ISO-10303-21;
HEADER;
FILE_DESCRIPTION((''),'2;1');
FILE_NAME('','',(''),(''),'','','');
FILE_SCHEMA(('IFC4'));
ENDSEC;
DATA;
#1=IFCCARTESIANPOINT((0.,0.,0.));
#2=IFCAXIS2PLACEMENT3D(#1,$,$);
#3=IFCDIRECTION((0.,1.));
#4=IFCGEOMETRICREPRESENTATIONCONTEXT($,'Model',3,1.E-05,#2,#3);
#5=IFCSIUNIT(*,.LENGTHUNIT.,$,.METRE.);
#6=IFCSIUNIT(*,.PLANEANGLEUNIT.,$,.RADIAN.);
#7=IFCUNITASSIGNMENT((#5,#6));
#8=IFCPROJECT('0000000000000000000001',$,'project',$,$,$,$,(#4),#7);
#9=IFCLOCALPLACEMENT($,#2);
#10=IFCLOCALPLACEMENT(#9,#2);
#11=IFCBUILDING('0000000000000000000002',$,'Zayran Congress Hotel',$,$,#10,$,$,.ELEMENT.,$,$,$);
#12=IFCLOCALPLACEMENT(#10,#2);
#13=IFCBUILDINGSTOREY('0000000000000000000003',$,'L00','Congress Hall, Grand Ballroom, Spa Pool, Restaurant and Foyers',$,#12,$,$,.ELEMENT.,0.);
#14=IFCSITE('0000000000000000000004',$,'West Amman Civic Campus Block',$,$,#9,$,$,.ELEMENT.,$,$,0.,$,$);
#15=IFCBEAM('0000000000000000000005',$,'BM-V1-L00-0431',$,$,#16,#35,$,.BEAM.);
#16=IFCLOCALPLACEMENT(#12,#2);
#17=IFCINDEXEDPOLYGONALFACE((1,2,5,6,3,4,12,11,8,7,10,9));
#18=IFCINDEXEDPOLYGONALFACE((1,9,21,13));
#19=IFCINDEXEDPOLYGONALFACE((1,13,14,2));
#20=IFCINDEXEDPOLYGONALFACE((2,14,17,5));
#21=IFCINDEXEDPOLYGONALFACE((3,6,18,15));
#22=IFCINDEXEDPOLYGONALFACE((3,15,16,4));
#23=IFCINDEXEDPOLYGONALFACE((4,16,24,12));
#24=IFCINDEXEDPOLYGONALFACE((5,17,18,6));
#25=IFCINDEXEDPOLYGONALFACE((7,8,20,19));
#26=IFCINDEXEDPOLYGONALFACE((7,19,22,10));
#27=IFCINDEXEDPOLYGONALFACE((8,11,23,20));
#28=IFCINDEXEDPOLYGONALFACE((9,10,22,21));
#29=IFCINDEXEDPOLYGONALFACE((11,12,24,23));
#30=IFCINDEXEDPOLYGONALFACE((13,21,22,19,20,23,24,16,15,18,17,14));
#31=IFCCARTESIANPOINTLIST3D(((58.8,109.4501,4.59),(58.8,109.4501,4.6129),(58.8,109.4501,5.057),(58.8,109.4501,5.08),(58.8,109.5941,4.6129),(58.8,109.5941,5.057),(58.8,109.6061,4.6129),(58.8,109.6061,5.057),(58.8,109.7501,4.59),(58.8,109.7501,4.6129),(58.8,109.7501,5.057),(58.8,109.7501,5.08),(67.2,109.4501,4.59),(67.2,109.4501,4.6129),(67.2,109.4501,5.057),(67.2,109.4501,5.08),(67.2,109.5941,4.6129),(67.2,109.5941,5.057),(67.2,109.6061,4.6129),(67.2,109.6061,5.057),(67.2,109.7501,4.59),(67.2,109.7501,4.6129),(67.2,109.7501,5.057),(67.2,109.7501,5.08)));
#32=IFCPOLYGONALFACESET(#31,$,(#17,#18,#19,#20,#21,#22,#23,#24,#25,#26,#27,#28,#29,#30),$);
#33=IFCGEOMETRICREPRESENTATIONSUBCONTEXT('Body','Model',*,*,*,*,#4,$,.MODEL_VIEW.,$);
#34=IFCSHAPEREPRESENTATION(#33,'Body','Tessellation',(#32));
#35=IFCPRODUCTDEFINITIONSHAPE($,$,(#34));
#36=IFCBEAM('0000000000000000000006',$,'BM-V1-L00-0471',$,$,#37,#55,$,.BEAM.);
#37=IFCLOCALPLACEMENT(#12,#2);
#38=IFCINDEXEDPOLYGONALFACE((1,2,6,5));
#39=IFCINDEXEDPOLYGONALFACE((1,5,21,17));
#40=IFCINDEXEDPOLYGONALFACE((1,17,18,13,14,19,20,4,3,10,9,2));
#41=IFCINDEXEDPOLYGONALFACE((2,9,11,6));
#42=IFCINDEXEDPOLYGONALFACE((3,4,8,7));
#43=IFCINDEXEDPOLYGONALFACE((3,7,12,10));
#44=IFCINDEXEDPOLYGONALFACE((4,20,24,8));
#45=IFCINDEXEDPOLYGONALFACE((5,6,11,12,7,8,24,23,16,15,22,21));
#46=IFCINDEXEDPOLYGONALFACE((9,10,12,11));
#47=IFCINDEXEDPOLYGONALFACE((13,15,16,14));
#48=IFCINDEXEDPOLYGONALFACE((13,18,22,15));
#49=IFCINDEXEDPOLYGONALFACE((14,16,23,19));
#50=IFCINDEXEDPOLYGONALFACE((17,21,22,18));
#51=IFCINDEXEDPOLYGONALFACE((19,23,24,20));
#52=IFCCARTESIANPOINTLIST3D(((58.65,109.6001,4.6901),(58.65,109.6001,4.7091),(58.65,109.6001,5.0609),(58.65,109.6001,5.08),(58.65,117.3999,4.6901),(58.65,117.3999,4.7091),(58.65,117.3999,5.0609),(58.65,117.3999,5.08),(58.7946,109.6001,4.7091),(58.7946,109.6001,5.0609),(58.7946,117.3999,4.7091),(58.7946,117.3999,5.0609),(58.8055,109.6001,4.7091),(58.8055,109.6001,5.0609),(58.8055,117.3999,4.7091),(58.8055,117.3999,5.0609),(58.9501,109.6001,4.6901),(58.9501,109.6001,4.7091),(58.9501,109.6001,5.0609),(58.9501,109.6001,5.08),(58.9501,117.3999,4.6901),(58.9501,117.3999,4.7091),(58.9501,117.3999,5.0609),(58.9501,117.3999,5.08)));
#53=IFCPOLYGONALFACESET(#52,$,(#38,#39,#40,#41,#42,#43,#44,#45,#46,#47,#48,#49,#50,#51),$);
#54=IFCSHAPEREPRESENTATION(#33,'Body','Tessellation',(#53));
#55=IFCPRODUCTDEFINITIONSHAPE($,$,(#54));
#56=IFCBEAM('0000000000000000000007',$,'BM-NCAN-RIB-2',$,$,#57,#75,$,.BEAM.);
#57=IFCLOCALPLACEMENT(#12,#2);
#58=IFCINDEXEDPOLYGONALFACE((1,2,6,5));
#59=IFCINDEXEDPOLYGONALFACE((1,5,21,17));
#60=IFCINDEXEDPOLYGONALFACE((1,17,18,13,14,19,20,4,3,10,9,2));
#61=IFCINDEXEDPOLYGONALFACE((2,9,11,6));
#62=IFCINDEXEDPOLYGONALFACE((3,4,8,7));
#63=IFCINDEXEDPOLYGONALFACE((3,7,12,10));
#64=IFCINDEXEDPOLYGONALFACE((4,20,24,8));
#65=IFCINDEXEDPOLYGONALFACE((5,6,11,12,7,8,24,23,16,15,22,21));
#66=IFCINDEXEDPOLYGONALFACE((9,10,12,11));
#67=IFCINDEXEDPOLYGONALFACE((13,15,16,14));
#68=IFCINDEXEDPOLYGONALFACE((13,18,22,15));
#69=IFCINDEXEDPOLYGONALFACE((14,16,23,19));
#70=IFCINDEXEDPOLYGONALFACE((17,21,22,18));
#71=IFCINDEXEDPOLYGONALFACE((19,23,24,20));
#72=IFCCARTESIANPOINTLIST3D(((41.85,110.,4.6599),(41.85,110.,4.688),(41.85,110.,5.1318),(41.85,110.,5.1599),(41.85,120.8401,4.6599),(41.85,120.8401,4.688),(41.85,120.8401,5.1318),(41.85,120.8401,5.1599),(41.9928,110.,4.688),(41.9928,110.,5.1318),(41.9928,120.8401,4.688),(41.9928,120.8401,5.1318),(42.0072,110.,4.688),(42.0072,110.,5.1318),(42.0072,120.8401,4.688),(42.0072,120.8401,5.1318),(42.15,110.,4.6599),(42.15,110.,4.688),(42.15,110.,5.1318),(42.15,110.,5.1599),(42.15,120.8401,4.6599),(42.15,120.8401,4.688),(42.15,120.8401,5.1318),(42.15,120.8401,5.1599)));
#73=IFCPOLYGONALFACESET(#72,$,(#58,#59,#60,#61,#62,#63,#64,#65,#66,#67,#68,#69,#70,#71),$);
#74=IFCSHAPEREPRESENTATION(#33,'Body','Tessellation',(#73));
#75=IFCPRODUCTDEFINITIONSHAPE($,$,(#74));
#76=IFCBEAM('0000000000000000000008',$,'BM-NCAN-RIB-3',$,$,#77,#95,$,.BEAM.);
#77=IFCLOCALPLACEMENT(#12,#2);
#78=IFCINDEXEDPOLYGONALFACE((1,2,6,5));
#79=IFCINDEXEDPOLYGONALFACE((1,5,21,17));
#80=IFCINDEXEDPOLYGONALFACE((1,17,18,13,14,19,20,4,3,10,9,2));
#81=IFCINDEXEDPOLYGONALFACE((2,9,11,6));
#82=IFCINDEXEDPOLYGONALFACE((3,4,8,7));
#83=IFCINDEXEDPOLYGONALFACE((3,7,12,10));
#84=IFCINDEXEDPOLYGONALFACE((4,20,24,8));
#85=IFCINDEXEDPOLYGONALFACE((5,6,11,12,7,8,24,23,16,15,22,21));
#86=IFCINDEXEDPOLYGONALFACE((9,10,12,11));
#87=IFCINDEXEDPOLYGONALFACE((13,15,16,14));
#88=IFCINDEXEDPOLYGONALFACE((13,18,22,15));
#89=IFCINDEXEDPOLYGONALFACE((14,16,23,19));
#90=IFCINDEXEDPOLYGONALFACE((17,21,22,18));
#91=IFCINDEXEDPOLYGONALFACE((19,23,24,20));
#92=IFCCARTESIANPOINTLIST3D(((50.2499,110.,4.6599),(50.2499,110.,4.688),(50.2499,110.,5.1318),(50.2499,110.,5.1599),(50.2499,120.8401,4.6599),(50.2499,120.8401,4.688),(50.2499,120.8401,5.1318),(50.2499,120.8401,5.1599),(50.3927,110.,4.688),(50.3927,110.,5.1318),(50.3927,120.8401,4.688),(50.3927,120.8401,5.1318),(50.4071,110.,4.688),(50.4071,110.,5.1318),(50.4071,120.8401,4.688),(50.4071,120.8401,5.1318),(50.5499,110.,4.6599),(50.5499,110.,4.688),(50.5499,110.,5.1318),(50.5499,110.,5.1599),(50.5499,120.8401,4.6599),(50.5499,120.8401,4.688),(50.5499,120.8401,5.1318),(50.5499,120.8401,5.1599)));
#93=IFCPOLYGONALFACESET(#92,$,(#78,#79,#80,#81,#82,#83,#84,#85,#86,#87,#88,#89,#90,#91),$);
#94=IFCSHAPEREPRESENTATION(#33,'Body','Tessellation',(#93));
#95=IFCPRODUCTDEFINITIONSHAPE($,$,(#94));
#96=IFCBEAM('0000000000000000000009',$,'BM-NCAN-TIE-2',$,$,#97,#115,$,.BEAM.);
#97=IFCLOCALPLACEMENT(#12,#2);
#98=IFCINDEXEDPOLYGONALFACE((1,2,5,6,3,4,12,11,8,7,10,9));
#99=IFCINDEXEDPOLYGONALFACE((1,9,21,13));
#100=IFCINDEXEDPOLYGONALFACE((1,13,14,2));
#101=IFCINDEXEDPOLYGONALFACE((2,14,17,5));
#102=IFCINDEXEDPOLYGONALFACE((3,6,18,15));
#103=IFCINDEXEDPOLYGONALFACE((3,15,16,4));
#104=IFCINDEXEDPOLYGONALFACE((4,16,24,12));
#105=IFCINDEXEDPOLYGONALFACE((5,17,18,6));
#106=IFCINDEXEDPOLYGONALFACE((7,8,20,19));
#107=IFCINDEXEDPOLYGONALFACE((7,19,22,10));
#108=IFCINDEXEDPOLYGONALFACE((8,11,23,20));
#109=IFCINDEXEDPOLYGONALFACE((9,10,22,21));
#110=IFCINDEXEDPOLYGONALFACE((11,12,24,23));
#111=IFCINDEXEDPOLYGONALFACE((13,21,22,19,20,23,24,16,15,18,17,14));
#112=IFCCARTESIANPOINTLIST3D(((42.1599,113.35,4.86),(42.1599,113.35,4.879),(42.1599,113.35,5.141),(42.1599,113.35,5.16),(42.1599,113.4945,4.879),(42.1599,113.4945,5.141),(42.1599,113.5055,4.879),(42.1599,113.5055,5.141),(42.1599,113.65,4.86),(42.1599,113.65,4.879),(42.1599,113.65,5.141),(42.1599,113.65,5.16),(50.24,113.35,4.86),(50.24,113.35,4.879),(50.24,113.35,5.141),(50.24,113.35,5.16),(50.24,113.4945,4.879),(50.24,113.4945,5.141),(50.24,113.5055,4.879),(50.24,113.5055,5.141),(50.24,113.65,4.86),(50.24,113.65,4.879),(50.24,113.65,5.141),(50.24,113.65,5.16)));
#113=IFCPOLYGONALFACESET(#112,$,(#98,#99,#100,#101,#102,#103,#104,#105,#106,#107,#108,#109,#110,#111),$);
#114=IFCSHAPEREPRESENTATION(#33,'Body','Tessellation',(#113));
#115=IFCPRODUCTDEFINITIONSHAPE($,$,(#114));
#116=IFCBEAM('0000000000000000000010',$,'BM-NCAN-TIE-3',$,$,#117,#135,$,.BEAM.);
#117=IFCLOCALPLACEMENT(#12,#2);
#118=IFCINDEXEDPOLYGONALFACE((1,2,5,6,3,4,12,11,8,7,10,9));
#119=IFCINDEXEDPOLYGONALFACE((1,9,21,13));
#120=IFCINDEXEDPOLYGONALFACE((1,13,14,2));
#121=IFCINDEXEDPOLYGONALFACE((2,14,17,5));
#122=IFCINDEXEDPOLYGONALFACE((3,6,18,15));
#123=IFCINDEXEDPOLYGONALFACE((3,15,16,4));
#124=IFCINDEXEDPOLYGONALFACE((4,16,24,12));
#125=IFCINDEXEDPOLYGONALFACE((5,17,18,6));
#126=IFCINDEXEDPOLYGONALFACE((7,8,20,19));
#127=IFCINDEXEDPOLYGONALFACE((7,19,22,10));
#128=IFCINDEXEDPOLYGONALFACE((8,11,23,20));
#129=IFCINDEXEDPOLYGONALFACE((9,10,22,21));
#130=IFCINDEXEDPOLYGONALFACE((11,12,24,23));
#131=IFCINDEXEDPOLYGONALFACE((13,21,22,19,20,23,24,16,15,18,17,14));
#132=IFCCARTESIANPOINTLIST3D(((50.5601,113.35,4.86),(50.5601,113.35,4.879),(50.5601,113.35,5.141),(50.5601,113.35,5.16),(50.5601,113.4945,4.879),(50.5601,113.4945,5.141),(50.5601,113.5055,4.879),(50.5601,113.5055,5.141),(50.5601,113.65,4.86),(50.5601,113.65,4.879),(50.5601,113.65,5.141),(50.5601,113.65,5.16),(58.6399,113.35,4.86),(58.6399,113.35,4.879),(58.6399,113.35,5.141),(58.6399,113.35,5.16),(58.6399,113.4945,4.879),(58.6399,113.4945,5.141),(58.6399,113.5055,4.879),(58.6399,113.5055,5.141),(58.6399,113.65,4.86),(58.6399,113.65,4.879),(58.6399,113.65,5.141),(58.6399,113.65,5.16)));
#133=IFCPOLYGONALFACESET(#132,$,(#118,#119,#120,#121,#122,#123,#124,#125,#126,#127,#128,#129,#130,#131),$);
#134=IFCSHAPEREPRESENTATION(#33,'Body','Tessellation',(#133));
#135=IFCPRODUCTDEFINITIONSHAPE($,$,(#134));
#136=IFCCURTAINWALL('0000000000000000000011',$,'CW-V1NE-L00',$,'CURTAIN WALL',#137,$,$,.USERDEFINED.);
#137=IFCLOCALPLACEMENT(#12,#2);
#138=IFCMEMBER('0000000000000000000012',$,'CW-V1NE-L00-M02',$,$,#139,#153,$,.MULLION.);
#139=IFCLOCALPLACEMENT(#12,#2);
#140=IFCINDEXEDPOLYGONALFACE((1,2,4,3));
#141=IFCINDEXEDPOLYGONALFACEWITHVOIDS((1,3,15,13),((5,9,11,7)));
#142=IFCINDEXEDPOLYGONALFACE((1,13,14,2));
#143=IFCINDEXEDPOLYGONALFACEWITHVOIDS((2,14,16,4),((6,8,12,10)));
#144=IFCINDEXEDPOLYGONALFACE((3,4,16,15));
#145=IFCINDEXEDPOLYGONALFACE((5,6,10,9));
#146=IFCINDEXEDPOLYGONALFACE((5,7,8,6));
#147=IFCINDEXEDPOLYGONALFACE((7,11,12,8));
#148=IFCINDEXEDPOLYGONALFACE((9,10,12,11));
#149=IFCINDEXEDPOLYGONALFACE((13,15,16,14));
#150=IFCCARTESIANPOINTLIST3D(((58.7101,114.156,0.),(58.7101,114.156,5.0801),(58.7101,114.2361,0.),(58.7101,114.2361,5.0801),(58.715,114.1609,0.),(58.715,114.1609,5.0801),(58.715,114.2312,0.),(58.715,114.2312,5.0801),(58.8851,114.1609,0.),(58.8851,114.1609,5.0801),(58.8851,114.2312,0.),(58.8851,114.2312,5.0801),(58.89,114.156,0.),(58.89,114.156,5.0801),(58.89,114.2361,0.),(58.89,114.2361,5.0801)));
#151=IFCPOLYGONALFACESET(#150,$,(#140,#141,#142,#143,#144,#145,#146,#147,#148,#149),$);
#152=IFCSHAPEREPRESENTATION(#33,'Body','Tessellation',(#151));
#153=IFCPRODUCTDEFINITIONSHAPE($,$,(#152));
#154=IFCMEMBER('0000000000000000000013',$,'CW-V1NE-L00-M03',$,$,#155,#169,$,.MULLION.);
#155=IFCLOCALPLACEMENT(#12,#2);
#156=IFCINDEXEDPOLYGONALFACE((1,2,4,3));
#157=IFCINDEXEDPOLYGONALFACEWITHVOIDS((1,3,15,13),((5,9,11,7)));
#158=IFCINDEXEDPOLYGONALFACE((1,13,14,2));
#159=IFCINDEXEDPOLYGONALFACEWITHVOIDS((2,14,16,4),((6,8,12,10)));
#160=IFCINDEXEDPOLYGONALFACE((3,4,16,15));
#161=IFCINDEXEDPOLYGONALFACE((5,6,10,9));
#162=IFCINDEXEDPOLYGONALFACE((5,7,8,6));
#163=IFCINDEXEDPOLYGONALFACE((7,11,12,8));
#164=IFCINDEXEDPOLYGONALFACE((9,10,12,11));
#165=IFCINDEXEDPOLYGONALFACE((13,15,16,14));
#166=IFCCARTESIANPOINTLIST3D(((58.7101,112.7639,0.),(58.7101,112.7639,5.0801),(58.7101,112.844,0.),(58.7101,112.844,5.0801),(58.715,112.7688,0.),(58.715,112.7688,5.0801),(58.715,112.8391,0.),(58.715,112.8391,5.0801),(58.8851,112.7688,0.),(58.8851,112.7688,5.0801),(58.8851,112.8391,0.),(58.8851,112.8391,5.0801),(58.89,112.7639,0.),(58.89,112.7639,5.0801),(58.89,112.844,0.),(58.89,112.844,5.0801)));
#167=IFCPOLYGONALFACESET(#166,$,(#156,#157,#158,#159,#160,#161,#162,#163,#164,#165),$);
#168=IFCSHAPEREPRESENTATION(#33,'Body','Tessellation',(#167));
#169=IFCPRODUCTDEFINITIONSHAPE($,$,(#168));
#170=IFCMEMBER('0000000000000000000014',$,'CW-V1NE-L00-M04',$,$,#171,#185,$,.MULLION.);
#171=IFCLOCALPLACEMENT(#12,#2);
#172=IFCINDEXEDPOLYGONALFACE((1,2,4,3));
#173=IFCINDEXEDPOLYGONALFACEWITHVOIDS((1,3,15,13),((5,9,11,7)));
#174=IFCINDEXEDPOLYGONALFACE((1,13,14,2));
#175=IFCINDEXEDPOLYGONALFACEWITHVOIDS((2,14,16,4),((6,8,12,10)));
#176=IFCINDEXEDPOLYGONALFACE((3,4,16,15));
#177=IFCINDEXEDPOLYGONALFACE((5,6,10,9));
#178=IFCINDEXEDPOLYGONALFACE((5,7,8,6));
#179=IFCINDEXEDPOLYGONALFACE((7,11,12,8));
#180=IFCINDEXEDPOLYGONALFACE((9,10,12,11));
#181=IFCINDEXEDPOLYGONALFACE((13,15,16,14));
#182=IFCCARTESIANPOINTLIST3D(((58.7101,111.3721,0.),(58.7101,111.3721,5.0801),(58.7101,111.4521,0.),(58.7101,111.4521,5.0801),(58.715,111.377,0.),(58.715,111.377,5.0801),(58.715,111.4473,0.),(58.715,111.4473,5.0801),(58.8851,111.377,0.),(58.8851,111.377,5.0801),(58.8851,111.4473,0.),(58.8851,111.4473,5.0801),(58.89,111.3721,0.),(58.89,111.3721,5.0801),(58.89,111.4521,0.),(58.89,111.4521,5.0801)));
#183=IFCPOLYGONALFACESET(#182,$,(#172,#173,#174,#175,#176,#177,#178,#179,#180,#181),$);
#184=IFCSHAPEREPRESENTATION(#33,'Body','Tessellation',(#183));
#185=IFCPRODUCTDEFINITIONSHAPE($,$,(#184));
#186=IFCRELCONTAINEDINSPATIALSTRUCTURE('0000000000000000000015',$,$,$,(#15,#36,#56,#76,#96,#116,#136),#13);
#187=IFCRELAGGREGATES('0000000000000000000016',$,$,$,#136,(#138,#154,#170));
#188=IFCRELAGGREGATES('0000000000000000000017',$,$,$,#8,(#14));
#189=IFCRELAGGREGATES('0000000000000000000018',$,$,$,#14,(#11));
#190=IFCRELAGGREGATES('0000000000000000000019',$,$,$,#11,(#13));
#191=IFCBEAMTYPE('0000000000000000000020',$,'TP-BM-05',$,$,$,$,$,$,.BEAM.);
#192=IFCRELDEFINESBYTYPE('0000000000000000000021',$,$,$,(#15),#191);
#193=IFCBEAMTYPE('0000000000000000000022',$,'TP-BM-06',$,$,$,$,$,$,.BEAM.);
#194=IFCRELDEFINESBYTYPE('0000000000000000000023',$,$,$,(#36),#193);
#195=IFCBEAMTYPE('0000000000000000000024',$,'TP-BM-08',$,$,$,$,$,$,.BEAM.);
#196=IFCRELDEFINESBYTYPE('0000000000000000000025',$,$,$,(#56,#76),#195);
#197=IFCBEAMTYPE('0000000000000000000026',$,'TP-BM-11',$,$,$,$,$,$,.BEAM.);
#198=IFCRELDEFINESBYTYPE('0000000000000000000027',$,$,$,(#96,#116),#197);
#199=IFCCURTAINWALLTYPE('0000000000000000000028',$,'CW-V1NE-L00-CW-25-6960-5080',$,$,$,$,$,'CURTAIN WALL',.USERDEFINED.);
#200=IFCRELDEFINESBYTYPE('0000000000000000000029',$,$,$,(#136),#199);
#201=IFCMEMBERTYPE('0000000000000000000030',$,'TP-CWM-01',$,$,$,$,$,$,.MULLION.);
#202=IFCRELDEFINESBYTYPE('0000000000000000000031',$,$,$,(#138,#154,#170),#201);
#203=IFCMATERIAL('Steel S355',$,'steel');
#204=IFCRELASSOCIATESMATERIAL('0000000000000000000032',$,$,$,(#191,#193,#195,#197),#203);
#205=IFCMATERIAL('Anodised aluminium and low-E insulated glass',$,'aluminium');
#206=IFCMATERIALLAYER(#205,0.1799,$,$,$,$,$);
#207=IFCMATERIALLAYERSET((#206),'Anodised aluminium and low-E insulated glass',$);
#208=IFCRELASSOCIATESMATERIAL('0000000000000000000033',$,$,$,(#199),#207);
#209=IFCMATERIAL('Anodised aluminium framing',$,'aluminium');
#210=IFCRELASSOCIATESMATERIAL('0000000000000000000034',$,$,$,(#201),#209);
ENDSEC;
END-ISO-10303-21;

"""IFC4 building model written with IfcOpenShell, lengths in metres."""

from ifc_helpers import new_model, si_unit, direction, frame, origin, origin_2d, place, context, subcontext, project, spatial, hollow_rectangle, i_section, extrude, material, layer, layer_set, material_profile, profile_set, type_object, element, aggregate, save


model = new_model("IFC4")

# Units and contexts
model_context = context("Model", 3, precision=1e-05, world=origin(), true_north=direction((0.0, 1.0)))
body_context = subcontext(model_context, "Body", "Model", "MODEL_VIEW")
ifc_project = project(units=[si_unit("LENGTHUNIT", "METRE"), si_unit("PLANEANGLEUNIT", "RADIAN")], contexts=[model_context])

# Site, building, storey
site_placement = place(None, origin())
site = spatial("IfcSite", under=ifc_project, at=site_placement, Name="West Amman Civic Campus Block", CompositionType="ELEMENT", RefElevation=0.0)
building_placement = place(site_placement, origin())
building = spatial("IfcBuilding", under=site, at=building_placement, Name="Zayran Congress Hotel", CompositionType="ELEMENT")
storey_placement = place(building_placement, origin())
storey = spatial("IfcBuildingStorey", under=building, at=storey_placement, Name="L00", Description="Congress Hall, Grand Ballroom, Spa Pool, Restaurant and Foyers", CompositionType="ELEMENT", Elevation=0.0)

# Beams
ifc_material_1 = material(Name="Steel S355", Category="steel")
ifc_material_profile_1 = material_profile(ifc_material_1, i_section(OverallWidth=0.3, OverallDepth=0.49, WebThickness=0.012, FlangeThickness=0.0229, at=origin_2d()), Name="HEA 500")
ifc_profile_set_1 = profile_set([ifc_material_profile_1], Name="Steel S355")
beam_type_1 = type_object("IfcBeamType", Name="TP-BM-05", PredefinedType="BEAM", material=ifc_profile_set_1)
beam_1_placement = place(storey_placement, frame((58.8, 109.6001, 4.835), z_axis=(1.0, 0.0, 0.0), x_axis=(0.0, 1.0, 0.0)))
element("IfcBeam", 1, at=beam_1_placement, inside=storey, type_object=beam_type_1, Name="BM-V1-L00-0431", PredefinedType="BEAM", context=body_context, shape_type="SweptSolid", body=[
    extrude(i_section(OverallWidth=0.3, OverallDepth=0.49, WebThickness=0.012, FlangeThickness=0.0229, at=origin_2d()), origin(), (0.0, 0.0, 1.0), 8.3999),
])
ifc_material_profile_2 = material_profile(ifc_material_1, i_section(OverallWidth=0.3, OverallDepth=0.3899, WebThickness=0.011, FlangeThickness=0.019, at=origin_2d()), Name="HEA 400")
ifc_profile_set_2 = profile_set([ifc_material_profile_2], Name="Steel S355")
beam_type_2 = type_object("IfcBeamType", Name="TP-BM-06", PredefinedType="BEAM", material=ifc_profile_set_2)
beam_2_placement = place(storey_placement, frame((58.8, 109.6001, 4.885), z_axis=(0.0, 1.0, 0.0), x_axis=(-1.0, 0.0, 0.0)))
element("IfcBeam", 2, at=beam_2_placement, inside=storey, type_object=beam_type_2, Name="BM-V1-L00-0471", PredefinedType="BEAM", context=body_context, shape_type="SweptSolid", body=[
    extrude(i_section(OverallWidth=0.3, OverallDepth=0.3899, WebThickness=0.011, FlangeThickness=0.019, at=origin_2d()), origin(), (0.0, 0.0, 1.0), 7.7998),
])
ifc_material_profile_3 = material_profile(ifc_material_1, i_section(OverallWidth=0.3, OverallDepth=0.5, WebThickness=0.0144, FlangeThickness=0.0281, at=origin_2d()), Name="HEB 500")
ifc_profile_set_3 = profile_set([ifc_material_profile_3], Name="Steel S355")
beam_type_3 = type_object("IfcBeamType", Name="TP-BM-08", PredefinedType="BEAM", material=ifc_profile_set_3)
for number, where, z_axis, x_axis, name in (
    (3, (42.0, 110.0, 4.9099), (0.0, 1.0, 0.0), (-1.0, 0.0, 0.0), "BM-NCAN-RIB-2"),
    (4, (50.3999, 110.0, 4.9099), (0.0, 1.0, 0.0), (-1.0, 0.0, 0.0), "BM-NCAN-RIB-3"),
):
    element("IfcBeam", number, at=place(storey_placement, frame(where, z_axis=z_axis, x_axis=x_axis)), inside=storey, type_object=beam_type_3, Name=name, PredefinedType="BEAM", context=body_context, shape_type="SweptSolid", body=[
        extrude(i_section(OverallWidth=0.3, OverallDepth=0.5, WebThickness=0.0144, FlangeThickness=0.0281, at=origin_2d()), origin(), (0.0, 0.0, 1.0), 10.8401),
    ])
ifc_material_profile_4 = material_profile(ifc_material_1, i_section(OverallWidth=0.3, OverallDepth=0.3, WebThickness=0.011, FlangeThickness=0.019, at=origin_2d()), Name="HEB 300")
ifc_profile_set_4 = profile_set([ifc_material_profile_4], Name="Steel S355")
beam_type_4 = type_object("IfcBeamType", Name="TP-BM-11", PredefinedType="BEAM", material=ifc_profile_set_4)
beam_3_placement = place(storey_placement, frame((42.1599, 113.5, 5.01), z_axis=(1.0, 0.0, 0.0), x_axis=(0.0, 1.0, 0.0)))
element("IfcBeam", 5, at=beam_3_placement, inside=storey, type_object=beam_type_4, Name="BM-NCAN-TIE-2", PredefinedType="BEAM", context=body_context, shape_type="SweptSolid", body=[
    extrude(i_section(OverallWidth=0.3, OverallDepth=0.3, WebThickness=0.011, FlangeThickness=0.019, at=origin_2d()), origin(), (0.0, 0.0, 1.0), 8.0801),
])
beam_4_placement = place(storey_placement, frame((50.5601, 113.5, 5.01), z_axis=(1.0, 0.0, 0.0), x_axis=(0.0, 1.0, 0.0)))
element("IfcBeam", 6, at=beam_4_placement, inside=storey, type_object=beam_type_4, Name="BM-NCAN-TIE-3", PredefinedType="BEAM", context=body_context, shape_type="SweptSolid", body=[
    extrude(i_section(OverallWidth=0.3, OverallDepth=0.3, WebThickness=0.011, FlangeThickness=0.019, at=origin_2d()), origin(), (0.0, 0.0, 1.0), 8.0798),
])

# Curtain wall, members
ifc_material_2 = material(Name="Anodised aluminium and low-E insulated glass", Category="aluminium")
ifc_layer_1 = layer(ifc_material_2, 0.1799)
ifc_layer_set_1 = layer_set([ifc_layer_1], Name="Anodised aluminium and low-E insulated glass")
curtain_wall_type = type_object("IfcCurtainWallType", Name="CW-V1NE-L00-CW-25-6960-5080", ElementType="CURTAIN WALL", PredefinedType="USERDEFINED", material=ifc_layer_set_1)
curtain_wall_placement = place(storey_placement, origin())
curtain_wall = element("IfcCurtainWall", 7, at=curtain_wall_placement, inside=storey, type_object=curtain_wall_type, Name="CW-V1NE-L00", ObjectType="CURTAIN WALL", PredefinedType="USERDEFINED")
ifc_material_3 = material(Name="Anodised aluminium framing", Category="aluminium")
ifc_material_profile_5 = material_profile(ifc_material_3, hollow_rectangle(XDim=0.0801, YDim=0.1799, WallThickness=0.0049, at=origin_2d()), Name="RHS 180x80x5")
ifc_profile_set_5 = profile_set([ifc_material_profile_5], Name="Anodised aluminium framing")
member_type_1 = type_object("IfcMemberType", Name="TP-CWM-01", PredefinedType="MULLION", material=ifc_profile_set_5)
member_1_placement = place(storey_placement, frame((58.8, 114.196, 0.0), z_axis=(0.0, 0.0, 1.0), x_axis=(0.0, 1.0, 0.0)))
member_1 = element("IfcMember", 8, at=member_1_placement, type_object=member_type_1, Name="CW-V1NE-L00-M02", PredefinedType="MULLION", context=body_context, shape_type="SweptSolid", body=[
    extrude(hollow_rectangle(XDim=0.0801, YDim=0.1799, WallThickness=0.0049, at=origin_2d()), origin(), (0.0, 0.0, 1.0), 5.0801),
])
member_2_placement = place(storey_placement, frame((58.8, 112.804, 0.0), z_axis=(0.0, 0.0, 1.0), x_axis=(0.0, 1.0, 0.0)))
member_2 = element("IfcMember", 9, at=member_2_placement, type_object=member_type_1, Name="CW-V1NE-L00-M03", PredefinedType="MULLION", context=body_context, shape_type="SweptSolid", body=[
    extrude(hollow_rectangle(XDim=0.0801, YDim=0.1799, WallThickness=0.0049, at=origin_2d()), origin(), (0.0, 0.0, 1.0), 5.0801),
])
member_3_placement = place(storey_placement, frame((58.8, 111.4121, 0.0), z_axis=(0.0, 0.0, 1.0), x_axis=(0.0, 1.0, 0.0)))
member_3 = element("IfcMember", 10, at=member_3_placement, type_object=member_type_1, Name="CW-V1NE-L00-M04", PredefinedType="MULLION", context=body_context, shape_type="SweptSolid", body=[
    extrude(hollow_rectangle(XDim=0.0801, YDim=0.1799, WallThickness=0.0049, at=origin_2d()), origin(), (0.0, 0.0, 1.0), 5.0801),
])
aggregate(curtain_wall, [member_1, member_2, member_3])

save(model, "model.ifc")
